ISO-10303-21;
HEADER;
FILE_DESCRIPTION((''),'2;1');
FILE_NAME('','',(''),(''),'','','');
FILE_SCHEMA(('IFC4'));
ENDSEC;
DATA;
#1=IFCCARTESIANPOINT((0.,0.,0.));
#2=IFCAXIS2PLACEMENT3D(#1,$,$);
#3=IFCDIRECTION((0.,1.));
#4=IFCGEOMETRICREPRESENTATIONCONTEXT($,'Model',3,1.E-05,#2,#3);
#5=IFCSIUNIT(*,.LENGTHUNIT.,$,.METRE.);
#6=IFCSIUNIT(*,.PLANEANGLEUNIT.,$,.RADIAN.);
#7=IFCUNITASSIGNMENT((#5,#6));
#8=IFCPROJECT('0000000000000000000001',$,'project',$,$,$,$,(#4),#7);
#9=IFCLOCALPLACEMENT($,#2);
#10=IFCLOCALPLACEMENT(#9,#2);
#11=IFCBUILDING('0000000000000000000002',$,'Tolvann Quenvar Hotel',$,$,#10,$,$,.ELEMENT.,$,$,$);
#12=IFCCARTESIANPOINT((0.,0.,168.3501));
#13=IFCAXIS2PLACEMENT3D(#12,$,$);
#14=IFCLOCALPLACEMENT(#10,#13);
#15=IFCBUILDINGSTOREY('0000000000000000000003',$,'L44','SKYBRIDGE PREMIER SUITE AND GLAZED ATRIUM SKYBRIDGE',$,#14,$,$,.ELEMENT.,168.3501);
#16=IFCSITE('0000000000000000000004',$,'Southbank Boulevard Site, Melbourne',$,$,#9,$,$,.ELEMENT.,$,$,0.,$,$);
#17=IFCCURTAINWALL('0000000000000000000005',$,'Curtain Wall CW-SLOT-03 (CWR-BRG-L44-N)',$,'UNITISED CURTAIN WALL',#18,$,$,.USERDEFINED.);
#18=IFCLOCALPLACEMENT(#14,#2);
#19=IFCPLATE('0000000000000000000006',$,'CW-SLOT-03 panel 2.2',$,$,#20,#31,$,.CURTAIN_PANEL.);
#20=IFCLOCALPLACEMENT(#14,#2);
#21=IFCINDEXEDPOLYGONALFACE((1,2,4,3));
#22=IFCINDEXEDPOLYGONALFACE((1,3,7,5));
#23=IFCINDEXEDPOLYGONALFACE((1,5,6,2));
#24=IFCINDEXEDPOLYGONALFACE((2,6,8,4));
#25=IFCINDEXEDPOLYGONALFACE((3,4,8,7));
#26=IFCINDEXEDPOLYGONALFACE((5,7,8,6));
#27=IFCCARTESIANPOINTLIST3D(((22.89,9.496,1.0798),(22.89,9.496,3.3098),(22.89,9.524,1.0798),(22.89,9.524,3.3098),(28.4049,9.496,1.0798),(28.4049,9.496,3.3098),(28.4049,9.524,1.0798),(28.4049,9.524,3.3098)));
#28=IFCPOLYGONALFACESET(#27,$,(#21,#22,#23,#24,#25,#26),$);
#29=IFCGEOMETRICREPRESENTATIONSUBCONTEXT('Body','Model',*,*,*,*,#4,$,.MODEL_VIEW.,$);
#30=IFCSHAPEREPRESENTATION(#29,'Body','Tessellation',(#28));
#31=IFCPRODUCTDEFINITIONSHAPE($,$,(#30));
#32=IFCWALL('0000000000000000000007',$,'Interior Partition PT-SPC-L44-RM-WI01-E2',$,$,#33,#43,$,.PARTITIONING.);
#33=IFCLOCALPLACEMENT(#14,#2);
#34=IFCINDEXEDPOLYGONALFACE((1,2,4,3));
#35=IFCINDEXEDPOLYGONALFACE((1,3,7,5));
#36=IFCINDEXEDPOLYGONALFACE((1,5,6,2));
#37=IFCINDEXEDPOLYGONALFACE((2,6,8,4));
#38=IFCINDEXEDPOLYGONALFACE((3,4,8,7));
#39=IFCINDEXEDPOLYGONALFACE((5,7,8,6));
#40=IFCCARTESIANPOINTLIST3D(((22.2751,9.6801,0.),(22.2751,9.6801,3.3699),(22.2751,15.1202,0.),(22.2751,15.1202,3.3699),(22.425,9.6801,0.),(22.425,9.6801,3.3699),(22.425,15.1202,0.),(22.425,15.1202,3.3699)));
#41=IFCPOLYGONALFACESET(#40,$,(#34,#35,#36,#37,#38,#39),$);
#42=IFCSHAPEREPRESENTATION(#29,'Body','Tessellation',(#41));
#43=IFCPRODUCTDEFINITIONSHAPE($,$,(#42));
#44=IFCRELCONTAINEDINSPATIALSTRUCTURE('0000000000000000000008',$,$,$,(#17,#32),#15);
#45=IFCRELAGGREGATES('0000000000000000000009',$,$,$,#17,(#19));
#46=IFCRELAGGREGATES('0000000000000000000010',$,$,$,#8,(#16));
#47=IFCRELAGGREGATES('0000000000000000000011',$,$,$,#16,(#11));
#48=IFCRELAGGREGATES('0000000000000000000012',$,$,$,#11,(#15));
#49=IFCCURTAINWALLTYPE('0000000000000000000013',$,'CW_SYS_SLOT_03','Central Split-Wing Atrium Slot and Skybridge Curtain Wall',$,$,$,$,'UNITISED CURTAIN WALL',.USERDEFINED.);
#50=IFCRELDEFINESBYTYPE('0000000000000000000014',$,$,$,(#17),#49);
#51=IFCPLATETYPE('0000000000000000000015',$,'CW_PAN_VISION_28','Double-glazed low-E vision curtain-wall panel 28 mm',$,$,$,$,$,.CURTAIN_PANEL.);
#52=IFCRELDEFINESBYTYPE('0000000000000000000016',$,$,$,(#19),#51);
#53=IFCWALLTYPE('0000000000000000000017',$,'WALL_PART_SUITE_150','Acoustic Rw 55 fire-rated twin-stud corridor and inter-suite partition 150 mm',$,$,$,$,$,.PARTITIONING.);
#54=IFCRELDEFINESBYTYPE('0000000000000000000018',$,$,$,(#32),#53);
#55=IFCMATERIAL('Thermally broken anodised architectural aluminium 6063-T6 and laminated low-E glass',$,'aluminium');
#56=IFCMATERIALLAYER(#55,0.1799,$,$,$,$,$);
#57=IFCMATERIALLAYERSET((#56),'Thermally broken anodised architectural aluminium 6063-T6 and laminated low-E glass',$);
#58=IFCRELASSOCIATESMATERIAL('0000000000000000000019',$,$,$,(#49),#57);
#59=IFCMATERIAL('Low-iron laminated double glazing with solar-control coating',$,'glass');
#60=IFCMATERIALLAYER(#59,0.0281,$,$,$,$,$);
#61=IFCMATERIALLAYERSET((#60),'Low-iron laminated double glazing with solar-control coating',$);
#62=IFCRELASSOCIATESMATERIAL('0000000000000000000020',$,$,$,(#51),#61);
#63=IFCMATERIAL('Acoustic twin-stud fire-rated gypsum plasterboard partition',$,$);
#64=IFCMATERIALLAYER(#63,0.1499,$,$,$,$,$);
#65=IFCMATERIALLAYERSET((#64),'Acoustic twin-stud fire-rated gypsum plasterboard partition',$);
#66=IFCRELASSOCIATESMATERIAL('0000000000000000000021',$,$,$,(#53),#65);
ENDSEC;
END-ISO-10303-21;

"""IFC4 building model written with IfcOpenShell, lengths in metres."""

from ifc_helpers import new_model, si_unit, direction, frame, frame_2d, origin, origin_2d, place, context, subcontext, project, spatial, rectangle, extrude, source, transform, mapped, material, layer, layer_set, type_object, element, aggregate, save


model = new_model("IFC4")

# Units and contexts
model_context = context("Model", 3, precision=1e-05, world=origin(), true_north=direction((0.0, 1.0)))
body_context = subcontext(model_context, "Body", "Model", "MODEL_VIEW")
ifc_project = project(units=[si_unit("LENGTHUNIT", "METRE"), si_unit("PLANEANGLEUNIT", "RADIAN")], contexts=[model_context])

# Site, building, storey
site_placement = place(None, origin())
site = spatial("IfcSite", under=ifc_project, at=site_placement, Name="Southbank Boulevard Site, Melbourne", CompositionType="ELEMENT", RefElevation=0.0)
building_placement = place(site_placement, origin())
building = spatial("IfcBuilding", under=site, at=building_placement, Name="Tolvann Quenvar Hotel", CompositionType="ELEMENT")
storey_placement = place(building_placement, frame((0.0, 0.0, 168.3501)))
storey = spatial("IfcBuildingStorey", under=building, at=storey_placement, Name="L44", Description="SKYBRIDGE PREMIER SUITE AND GLAZED ATRIUM SKYBRIDGE", CompositionType="ELEMENT", Elevation=168.3501)

# Curtain wall
ifc_material_1 = material(Name="Thermally broken anodised architectural aluminium 6063-T6 and laminated low-E glass", Category="aluminium")
ifc_layer_1 = layer(ifc_material_1, 0.1799)
ifc_layer_set_1 = layer_set([ifc_layer_1], Name="Thermally broken anodised architectural aluminium 6063-T6 and laminated low-E glass")
curtain_wall_type = type_object("IfcCurtainWallType", Name="CW_SYS_SLOT_03", Description="Central Split-Wing Atrium Slot and Skybridge Curtain Wall", ElementType="UNITISED CURTAIN WALL", PredefinedType="USERDEFINED", material=ifc_layer_set_1)
curtain_wall_1_placement = place(storey_placement, origin())
curtain_wall_1 = element("IfcCurtainWall", 1, at=curtain_wall_1_placement, inside=storey, type_object=curtain_wall_type, Name="Curtain Wall CW-SLOT-03 (CWR-BRG-L44-N)", ObjectType="UNITISED CURTAIN WALL", PredefinedType="USERDEFINED")

# Plate
ifc_material_2 = material(Name="Low-iron laminated double glazing with solar-control coating", Category="glass")
ifc_layer_2 = layer(ifc_material_2, 0.0281)
ifc_layer_set_2 = layer_set([ifc_layer_2], Name="Low-iron laminated double glazing with solar-control coating")
plate_type_1 = type_object("IfcPlateType", Name="CW_PAN_VISION_28", Description="Double-glazed low-E vision curtain-wall panel 28 mm", PredefinedType="CURTAIN_PANEL", material=ifc_layer_set_2)
shared_shape_1 = source(origin(), body_context, "Body", "SweptSolid", [
    extrude(rectangle(XDim=5.5149, YDim=0.0281, at=origin_2d()), origin(), (0.0, 0.0, 1.0), 2.23),
])
plate_1_placement = place(storey_placement, frame((25.6475, 9.51, 1.0798), z_axis=(0.0, 0.0, 1.0), x_axis=(-1.0, 0.0, 0.0)))
plate_1 = element("IfcPlate", 2, at=plate_1_placement, type_object=plate_type_1, Name="CW-SLOT-03 panel 2.2", PredefinedType="CURTAIN_PANEL", context=body_context, shape_type="MappedRepresentation", body=[
    mapped(shared_shape_1, transform((0.0, 0.0, 0.0), x_axis=(1.0, 0.0, 0.0), y_axis=(0.0, 1.0, 0.0), z_axis=(0.0, 0.0, 1.0), scale=1.0)),
])
aggregate(curtain_wall_1, [plate_1])

# Wall
ifc_material_3 = material(Name="Acoustic twin-stud fire-rated gypsum plasterboard partition")
ifc_layer_3 = layer(ifc_material_3, 0.1499)
ifc_layer_set_3 = layer_set([ifc_layer_3], Name="Acoustic twin-stud fire-rated gypsum plasterboard partition")
wall_type = type_object("IfcWallType", Name="WALL_PART_SUITE_150", Description="Acoustic Rw 55 fire-rated twin-stud corridor and inter-suite partition 150 mm", PredefinedType="PARTITIONING", material=ifc_layer_set_3)
wall_placement = place(storey_placement, frame((22.3501, 9.6799, 0.0), z_axis=(0.0, 0.0, 1.0), x_axis=(0.0, 1.0, 0.0)))
element("IfcWall", 3, at=wall_placement, inside=storey, type_object=wall_type, Name="Interior Partition PT-SPC-L44-RM-WI01-E2", PredefinedType="PARTITIONING", context=body_context, shape_type="SweptSolid", body=[
    extrude(rectangle(XDim=5.4402, YDim=0.1499, at=frame_2d((2.7202, 0.0))), origin(), (0.0, 0.0, 1.0), 3.3699),
])

save(model, "model.ifc")
